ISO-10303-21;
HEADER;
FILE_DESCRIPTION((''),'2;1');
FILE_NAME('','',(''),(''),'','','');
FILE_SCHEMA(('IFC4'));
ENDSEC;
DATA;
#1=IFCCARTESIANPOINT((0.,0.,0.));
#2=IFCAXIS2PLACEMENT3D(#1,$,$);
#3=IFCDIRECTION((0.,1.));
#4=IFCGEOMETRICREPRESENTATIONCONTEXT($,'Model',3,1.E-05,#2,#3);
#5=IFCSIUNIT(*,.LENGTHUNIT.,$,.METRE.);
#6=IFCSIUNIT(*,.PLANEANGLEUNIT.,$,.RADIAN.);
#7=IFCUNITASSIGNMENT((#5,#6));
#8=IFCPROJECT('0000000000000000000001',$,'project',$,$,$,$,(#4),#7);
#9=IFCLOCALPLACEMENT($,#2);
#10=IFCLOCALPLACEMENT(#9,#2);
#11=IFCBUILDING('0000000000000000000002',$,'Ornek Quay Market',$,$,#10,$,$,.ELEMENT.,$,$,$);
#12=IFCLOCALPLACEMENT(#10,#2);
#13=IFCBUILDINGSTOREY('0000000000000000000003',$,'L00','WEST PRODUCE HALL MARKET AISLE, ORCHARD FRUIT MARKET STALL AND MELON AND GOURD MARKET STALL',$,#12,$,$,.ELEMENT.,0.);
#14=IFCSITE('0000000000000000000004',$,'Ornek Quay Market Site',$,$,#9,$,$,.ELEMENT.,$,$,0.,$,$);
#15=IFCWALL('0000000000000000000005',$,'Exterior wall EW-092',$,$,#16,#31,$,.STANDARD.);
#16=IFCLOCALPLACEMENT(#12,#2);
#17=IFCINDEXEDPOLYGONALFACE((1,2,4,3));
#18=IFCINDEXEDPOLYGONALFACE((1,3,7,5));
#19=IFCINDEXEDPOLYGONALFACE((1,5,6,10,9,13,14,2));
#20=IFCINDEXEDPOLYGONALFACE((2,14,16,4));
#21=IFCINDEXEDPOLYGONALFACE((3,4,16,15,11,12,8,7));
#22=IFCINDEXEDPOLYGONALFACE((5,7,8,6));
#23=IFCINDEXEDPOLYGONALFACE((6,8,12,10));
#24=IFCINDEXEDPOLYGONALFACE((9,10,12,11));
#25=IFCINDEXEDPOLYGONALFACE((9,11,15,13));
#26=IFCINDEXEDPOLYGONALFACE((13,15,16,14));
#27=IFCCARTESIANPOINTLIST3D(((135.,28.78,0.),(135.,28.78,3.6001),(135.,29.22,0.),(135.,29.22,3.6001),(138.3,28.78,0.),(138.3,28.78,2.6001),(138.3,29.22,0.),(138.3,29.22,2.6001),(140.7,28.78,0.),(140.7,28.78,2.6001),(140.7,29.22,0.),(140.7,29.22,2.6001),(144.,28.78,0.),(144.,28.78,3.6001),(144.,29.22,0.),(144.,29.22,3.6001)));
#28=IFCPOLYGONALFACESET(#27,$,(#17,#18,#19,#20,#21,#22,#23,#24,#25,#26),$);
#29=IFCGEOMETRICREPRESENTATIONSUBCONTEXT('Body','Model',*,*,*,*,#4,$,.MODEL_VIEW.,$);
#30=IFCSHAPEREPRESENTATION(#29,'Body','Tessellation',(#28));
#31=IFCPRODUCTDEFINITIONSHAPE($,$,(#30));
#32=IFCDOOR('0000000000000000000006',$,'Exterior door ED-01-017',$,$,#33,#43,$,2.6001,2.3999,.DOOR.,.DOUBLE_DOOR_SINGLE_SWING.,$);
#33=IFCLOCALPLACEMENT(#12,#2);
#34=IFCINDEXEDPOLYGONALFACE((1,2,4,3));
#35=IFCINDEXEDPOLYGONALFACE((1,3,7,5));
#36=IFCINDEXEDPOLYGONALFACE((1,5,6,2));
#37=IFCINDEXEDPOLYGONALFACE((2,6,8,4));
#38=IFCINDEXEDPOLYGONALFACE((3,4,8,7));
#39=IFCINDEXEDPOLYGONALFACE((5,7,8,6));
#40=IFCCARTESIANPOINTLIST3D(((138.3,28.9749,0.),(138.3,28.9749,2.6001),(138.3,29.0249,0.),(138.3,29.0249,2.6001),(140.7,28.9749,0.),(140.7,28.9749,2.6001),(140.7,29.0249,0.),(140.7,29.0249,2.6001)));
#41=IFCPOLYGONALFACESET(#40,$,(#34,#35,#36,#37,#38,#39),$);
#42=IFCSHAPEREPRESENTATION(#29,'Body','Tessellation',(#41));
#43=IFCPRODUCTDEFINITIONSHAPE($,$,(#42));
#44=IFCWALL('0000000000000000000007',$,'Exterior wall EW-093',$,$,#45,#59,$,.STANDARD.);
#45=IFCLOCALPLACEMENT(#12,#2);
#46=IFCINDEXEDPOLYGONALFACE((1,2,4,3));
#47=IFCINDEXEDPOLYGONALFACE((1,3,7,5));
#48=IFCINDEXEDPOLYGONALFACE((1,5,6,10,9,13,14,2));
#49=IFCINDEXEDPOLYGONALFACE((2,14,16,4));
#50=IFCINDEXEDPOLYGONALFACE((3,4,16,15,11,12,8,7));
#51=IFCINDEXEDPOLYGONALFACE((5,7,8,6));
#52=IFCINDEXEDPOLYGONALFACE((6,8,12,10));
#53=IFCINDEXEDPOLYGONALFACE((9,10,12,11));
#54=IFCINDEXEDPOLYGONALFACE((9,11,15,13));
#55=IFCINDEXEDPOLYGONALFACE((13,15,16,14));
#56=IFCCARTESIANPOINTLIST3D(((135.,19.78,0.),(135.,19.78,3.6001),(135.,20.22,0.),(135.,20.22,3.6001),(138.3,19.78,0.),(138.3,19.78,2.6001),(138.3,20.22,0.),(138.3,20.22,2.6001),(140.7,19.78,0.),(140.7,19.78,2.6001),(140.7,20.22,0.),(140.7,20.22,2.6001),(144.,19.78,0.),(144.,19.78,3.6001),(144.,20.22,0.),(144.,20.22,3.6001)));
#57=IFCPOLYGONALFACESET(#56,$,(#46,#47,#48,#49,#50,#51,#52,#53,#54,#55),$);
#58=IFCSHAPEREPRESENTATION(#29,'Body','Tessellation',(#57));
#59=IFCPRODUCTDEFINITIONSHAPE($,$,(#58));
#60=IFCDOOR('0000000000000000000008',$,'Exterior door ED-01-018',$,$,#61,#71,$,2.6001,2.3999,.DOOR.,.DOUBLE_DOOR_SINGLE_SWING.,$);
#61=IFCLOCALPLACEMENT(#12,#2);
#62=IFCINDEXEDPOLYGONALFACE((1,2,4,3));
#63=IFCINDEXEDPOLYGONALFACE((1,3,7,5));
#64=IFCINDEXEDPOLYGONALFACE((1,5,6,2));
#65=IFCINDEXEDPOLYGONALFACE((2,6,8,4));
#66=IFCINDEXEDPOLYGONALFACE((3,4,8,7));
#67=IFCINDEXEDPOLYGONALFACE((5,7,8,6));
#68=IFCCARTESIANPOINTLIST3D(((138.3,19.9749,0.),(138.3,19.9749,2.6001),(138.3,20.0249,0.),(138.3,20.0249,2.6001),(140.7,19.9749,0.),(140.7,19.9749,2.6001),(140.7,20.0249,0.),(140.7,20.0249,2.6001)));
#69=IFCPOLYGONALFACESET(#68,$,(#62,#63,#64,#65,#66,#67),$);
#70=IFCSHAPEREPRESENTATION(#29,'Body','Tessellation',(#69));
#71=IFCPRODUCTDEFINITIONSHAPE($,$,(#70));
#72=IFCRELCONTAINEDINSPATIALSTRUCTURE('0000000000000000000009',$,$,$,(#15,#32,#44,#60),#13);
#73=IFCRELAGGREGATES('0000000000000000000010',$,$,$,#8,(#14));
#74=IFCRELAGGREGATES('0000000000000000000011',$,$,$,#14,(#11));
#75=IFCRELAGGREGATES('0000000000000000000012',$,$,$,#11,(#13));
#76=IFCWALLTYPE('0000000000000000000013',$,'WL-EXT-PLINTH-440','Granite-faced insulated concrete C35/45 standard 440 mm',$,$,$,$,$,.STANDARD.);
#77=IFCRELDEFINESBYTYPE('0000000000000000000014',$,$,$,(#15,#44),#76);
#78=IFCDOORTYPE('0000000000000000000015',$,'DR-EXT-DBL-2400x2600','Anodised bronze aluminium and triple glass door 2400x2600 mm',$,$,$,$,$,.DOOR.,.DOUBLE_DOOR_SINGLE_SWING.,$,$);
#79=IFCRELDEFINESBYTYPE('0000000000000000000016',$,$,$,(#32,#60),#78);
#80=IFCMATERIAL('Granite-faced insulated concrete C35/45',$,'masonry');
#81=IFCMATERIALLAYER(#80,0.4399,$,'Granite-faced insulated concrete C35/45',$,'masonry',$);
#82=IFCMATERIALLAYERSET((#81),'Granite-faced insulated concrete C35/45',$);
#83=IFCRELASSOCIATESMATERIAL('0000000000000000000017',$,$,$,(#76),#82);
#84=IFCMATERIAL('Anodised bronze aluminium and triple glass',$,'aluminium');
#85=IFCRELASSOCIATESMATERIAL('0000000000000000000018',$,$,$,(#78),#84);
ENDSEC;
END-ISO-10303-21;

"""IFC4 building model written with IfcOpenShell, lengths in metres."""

from ifc_helpers import new_model, si_unit, direction, frame, frame_2d, origin, place, context, subcontext, project, spatial, rectangle, extrude, material, layer, layer_set, type_object, element, fill, save


model = new_model("IFC4")

# Units and contexts
model_context = context("Model", 3, precision=1e-05, world=origin(), true_north=direction((0.0, 1.0)))
body_context = subcontext(model_context, "Body", "Model", "MODEL_VIEW")
ifc_project = project(units=[si_unit("LENGTHUNIT", "METRE"), si_unit("PLANEANGLEUNIT", "RADIAN")], contexts=[model_context])

# Site, building, storey
site_placement = place(None, origin())
site = spatial("IfcSite", under=ifc_project, at=site_placement, Name="Ornek Quay Market Site", CompositionType="ELEMENT", RefElevation=0.0)
building_placement = place(site_placement, origin())
building = spatial("IfcBuilding", under=site, at=building_placement, Name="Ornek Quay Market", CompositionType="ELEMENT")
storey_placement = place(building_placement, origin())
storey = spatial("IfcBuildingStorey", under=building, at=storey_placement, Name="L00", Description="WEST PRODUCE HALL MARKET AISLE, ORCHARD FRUIT MARKET STALL AND MELON AND GOURD MARKET STALL", CompositionType="ELEMENT", Elevation=0.0)

# Walls, openings, doors
ifc_material_1 = material(Name="Granite-faced insulated concrete C35/45", Category="masonry")
ifc_layer = layer(ifc_material_1, 0.4399, Name="Granite-faced insulated concrete C35/45", Category="masonry")
ifc_layer_set = layer_set([ifc_layer], Name="Granite-faced insulated concrete C35/45")
wall_type = type_object("IfcWallType", Name="WL-EXT-PLINTH-440", Description="Granite-faced insulated concrete C35/45 standard 440 mm", PredefinedType="STANDARD", material=ifc_layer_set)
wall_1_placement = place(storey_placement, frame((135.0, 29.0, 0.0), z_axis=(0.0, 0.0, 1.0), x_axis=(1.0, 0.0, 0.0)))
wall_1 = element("IfcWall", 1, at=wall_1_placement, inside=storey, type_object=wall_type, Name="Exterior wall EW-092", PredefinedType="STANDARD", context=body_context, shape_type="SweptSolid", body=[
    extrude(rectangle(XDim=9.0, YDim=0.4399, at=frame_2d((4.5, 0.0))), origin(), (0.0, 0.0, 1.0), 3.6001),
])
opening_1_placement = place(wall_1_placement, frame((3.3, 0.0, 0.0)))
opening_1 = element("IfcOpeningElement", 2, at=opening_1_placement, cuts=wall_1, PredefinedType="OPENING", context=body_context, shape_type="SweptSolid", body=[
    extrude(rectangle(XDim=2.3999, YDim=2.6001, at=frame_2d((1.2, 1.3))), frame((0.0, 0.23, 0.0), z_axis=(0.0, -1.0, 0.0), x_axis=(1.0, 0.0, 0.0)), (0.0, 0.0, 1.0), 0.46),
])
ifc_material_2 = material(Name="Anodised bronze aluminium and triple glass", Category="aluminium")
door_type = type_object("IfcDoorType", Name="DR-EXT-DBL-2400x2600", Description="Anodised bronze aluminium and triple glass door 2400x2600 mm", OperationType="DOUBLE_DOOR_SINGLE_SWING", PredefinedType="DOOR", material=ifc_material_2)
door_1_placement = place(opening_1_placement, origin())
door_1 = element("IfcDoor", 3, at=door_1_placement, inside=storey, type_object=door_type, Name="Exterior door ED-01-017", OperationType="DOUBLE_DOOR_SINGLE_SWING", OverallHeight=2.6001, OverallWidth=2.3999, PredefinedType="DOOR", context=body_context, shape_type="SweptSolid", body=[
    extrude(rectangle(XDim=2.3999, YDim=2.6001, at=frame_2d((1.2, 1.3))), frame((0.0, 0.0249, 0.0), z_axis=(0.0, -1.0, 0.0), x_axis=(1.0, 0.0, 0.0)), (0.0, 0.0, 1.0), 0.05),
])
fill(opening_1, door_1)
wall_2_placement = place(storey_placement, frame((135.0, 20.0, 0.0), z_axis=(0.0, 0.0, 1.0), x_axis=(1.0, 0.0, 0.0)))
wall_2 = element("IfcWall", 4, at=wall_2_placement, inside=storey, type_object=wall_type, Name="Exterior wall EW-093", PredefinedType="STANDARD", context=body_context, shape_type="SweptSolid", body=[
    extrude(rectangle(XDim=9.0, YDim=0.4399, at=frame_2d((4.5, 0.0))), origin(), (0.0, 0.0, 1.0), 3.6001),
])
opening_2_placement = place(wall_2_placement, frame((3.3, 0.0, 0.0)))
opening_2 = element("IfcOpeningElement", 5, at=opening_2_placement, cuts=wall_2, PredefinedType="OPENING", context=body_context, shape_type="SweptSolid", body=[
    extrude(rectangle(XDim=2.3999, YDim=2.6001, at=frame_2d((1.2, 1.3))), frame((0.0, 0.23, 0.0), z_axis=(0.0, -1.0, 0.0), x_axis=(1.0, 0.0, 0.0)), (0.0, 0.0, 1.0), 0.46),
])
door_2_placement = place(opening_2_placement, origin())
door_2 = element("IfcDoor", 6, at=door_2_placement, inside=storey, type_object=door_type, Name="Exterior door ED-01-018", OperationType="DOUBLE_DOOR_SINGLE_SWING", OverallHeight=2.6001, OverallWidth=2.3999, PredefinedType="DOOR", context=body_context, shape_type="SweptSolid", body=[
    extrude(rectangle(XDim=2.3999, YDim=2.6001, at=frame_2d((1.2, 1.3))), frame((0.0, 0.0249, 0.0), z_axis=(0.0, -1.0, 0.0), x_axis=(1.0, 0.0, 0.0)), (0.0, 0.0, 1.0), 0.05),
])
fill(opening_2, door_2)

save(model, "model.ifc")
